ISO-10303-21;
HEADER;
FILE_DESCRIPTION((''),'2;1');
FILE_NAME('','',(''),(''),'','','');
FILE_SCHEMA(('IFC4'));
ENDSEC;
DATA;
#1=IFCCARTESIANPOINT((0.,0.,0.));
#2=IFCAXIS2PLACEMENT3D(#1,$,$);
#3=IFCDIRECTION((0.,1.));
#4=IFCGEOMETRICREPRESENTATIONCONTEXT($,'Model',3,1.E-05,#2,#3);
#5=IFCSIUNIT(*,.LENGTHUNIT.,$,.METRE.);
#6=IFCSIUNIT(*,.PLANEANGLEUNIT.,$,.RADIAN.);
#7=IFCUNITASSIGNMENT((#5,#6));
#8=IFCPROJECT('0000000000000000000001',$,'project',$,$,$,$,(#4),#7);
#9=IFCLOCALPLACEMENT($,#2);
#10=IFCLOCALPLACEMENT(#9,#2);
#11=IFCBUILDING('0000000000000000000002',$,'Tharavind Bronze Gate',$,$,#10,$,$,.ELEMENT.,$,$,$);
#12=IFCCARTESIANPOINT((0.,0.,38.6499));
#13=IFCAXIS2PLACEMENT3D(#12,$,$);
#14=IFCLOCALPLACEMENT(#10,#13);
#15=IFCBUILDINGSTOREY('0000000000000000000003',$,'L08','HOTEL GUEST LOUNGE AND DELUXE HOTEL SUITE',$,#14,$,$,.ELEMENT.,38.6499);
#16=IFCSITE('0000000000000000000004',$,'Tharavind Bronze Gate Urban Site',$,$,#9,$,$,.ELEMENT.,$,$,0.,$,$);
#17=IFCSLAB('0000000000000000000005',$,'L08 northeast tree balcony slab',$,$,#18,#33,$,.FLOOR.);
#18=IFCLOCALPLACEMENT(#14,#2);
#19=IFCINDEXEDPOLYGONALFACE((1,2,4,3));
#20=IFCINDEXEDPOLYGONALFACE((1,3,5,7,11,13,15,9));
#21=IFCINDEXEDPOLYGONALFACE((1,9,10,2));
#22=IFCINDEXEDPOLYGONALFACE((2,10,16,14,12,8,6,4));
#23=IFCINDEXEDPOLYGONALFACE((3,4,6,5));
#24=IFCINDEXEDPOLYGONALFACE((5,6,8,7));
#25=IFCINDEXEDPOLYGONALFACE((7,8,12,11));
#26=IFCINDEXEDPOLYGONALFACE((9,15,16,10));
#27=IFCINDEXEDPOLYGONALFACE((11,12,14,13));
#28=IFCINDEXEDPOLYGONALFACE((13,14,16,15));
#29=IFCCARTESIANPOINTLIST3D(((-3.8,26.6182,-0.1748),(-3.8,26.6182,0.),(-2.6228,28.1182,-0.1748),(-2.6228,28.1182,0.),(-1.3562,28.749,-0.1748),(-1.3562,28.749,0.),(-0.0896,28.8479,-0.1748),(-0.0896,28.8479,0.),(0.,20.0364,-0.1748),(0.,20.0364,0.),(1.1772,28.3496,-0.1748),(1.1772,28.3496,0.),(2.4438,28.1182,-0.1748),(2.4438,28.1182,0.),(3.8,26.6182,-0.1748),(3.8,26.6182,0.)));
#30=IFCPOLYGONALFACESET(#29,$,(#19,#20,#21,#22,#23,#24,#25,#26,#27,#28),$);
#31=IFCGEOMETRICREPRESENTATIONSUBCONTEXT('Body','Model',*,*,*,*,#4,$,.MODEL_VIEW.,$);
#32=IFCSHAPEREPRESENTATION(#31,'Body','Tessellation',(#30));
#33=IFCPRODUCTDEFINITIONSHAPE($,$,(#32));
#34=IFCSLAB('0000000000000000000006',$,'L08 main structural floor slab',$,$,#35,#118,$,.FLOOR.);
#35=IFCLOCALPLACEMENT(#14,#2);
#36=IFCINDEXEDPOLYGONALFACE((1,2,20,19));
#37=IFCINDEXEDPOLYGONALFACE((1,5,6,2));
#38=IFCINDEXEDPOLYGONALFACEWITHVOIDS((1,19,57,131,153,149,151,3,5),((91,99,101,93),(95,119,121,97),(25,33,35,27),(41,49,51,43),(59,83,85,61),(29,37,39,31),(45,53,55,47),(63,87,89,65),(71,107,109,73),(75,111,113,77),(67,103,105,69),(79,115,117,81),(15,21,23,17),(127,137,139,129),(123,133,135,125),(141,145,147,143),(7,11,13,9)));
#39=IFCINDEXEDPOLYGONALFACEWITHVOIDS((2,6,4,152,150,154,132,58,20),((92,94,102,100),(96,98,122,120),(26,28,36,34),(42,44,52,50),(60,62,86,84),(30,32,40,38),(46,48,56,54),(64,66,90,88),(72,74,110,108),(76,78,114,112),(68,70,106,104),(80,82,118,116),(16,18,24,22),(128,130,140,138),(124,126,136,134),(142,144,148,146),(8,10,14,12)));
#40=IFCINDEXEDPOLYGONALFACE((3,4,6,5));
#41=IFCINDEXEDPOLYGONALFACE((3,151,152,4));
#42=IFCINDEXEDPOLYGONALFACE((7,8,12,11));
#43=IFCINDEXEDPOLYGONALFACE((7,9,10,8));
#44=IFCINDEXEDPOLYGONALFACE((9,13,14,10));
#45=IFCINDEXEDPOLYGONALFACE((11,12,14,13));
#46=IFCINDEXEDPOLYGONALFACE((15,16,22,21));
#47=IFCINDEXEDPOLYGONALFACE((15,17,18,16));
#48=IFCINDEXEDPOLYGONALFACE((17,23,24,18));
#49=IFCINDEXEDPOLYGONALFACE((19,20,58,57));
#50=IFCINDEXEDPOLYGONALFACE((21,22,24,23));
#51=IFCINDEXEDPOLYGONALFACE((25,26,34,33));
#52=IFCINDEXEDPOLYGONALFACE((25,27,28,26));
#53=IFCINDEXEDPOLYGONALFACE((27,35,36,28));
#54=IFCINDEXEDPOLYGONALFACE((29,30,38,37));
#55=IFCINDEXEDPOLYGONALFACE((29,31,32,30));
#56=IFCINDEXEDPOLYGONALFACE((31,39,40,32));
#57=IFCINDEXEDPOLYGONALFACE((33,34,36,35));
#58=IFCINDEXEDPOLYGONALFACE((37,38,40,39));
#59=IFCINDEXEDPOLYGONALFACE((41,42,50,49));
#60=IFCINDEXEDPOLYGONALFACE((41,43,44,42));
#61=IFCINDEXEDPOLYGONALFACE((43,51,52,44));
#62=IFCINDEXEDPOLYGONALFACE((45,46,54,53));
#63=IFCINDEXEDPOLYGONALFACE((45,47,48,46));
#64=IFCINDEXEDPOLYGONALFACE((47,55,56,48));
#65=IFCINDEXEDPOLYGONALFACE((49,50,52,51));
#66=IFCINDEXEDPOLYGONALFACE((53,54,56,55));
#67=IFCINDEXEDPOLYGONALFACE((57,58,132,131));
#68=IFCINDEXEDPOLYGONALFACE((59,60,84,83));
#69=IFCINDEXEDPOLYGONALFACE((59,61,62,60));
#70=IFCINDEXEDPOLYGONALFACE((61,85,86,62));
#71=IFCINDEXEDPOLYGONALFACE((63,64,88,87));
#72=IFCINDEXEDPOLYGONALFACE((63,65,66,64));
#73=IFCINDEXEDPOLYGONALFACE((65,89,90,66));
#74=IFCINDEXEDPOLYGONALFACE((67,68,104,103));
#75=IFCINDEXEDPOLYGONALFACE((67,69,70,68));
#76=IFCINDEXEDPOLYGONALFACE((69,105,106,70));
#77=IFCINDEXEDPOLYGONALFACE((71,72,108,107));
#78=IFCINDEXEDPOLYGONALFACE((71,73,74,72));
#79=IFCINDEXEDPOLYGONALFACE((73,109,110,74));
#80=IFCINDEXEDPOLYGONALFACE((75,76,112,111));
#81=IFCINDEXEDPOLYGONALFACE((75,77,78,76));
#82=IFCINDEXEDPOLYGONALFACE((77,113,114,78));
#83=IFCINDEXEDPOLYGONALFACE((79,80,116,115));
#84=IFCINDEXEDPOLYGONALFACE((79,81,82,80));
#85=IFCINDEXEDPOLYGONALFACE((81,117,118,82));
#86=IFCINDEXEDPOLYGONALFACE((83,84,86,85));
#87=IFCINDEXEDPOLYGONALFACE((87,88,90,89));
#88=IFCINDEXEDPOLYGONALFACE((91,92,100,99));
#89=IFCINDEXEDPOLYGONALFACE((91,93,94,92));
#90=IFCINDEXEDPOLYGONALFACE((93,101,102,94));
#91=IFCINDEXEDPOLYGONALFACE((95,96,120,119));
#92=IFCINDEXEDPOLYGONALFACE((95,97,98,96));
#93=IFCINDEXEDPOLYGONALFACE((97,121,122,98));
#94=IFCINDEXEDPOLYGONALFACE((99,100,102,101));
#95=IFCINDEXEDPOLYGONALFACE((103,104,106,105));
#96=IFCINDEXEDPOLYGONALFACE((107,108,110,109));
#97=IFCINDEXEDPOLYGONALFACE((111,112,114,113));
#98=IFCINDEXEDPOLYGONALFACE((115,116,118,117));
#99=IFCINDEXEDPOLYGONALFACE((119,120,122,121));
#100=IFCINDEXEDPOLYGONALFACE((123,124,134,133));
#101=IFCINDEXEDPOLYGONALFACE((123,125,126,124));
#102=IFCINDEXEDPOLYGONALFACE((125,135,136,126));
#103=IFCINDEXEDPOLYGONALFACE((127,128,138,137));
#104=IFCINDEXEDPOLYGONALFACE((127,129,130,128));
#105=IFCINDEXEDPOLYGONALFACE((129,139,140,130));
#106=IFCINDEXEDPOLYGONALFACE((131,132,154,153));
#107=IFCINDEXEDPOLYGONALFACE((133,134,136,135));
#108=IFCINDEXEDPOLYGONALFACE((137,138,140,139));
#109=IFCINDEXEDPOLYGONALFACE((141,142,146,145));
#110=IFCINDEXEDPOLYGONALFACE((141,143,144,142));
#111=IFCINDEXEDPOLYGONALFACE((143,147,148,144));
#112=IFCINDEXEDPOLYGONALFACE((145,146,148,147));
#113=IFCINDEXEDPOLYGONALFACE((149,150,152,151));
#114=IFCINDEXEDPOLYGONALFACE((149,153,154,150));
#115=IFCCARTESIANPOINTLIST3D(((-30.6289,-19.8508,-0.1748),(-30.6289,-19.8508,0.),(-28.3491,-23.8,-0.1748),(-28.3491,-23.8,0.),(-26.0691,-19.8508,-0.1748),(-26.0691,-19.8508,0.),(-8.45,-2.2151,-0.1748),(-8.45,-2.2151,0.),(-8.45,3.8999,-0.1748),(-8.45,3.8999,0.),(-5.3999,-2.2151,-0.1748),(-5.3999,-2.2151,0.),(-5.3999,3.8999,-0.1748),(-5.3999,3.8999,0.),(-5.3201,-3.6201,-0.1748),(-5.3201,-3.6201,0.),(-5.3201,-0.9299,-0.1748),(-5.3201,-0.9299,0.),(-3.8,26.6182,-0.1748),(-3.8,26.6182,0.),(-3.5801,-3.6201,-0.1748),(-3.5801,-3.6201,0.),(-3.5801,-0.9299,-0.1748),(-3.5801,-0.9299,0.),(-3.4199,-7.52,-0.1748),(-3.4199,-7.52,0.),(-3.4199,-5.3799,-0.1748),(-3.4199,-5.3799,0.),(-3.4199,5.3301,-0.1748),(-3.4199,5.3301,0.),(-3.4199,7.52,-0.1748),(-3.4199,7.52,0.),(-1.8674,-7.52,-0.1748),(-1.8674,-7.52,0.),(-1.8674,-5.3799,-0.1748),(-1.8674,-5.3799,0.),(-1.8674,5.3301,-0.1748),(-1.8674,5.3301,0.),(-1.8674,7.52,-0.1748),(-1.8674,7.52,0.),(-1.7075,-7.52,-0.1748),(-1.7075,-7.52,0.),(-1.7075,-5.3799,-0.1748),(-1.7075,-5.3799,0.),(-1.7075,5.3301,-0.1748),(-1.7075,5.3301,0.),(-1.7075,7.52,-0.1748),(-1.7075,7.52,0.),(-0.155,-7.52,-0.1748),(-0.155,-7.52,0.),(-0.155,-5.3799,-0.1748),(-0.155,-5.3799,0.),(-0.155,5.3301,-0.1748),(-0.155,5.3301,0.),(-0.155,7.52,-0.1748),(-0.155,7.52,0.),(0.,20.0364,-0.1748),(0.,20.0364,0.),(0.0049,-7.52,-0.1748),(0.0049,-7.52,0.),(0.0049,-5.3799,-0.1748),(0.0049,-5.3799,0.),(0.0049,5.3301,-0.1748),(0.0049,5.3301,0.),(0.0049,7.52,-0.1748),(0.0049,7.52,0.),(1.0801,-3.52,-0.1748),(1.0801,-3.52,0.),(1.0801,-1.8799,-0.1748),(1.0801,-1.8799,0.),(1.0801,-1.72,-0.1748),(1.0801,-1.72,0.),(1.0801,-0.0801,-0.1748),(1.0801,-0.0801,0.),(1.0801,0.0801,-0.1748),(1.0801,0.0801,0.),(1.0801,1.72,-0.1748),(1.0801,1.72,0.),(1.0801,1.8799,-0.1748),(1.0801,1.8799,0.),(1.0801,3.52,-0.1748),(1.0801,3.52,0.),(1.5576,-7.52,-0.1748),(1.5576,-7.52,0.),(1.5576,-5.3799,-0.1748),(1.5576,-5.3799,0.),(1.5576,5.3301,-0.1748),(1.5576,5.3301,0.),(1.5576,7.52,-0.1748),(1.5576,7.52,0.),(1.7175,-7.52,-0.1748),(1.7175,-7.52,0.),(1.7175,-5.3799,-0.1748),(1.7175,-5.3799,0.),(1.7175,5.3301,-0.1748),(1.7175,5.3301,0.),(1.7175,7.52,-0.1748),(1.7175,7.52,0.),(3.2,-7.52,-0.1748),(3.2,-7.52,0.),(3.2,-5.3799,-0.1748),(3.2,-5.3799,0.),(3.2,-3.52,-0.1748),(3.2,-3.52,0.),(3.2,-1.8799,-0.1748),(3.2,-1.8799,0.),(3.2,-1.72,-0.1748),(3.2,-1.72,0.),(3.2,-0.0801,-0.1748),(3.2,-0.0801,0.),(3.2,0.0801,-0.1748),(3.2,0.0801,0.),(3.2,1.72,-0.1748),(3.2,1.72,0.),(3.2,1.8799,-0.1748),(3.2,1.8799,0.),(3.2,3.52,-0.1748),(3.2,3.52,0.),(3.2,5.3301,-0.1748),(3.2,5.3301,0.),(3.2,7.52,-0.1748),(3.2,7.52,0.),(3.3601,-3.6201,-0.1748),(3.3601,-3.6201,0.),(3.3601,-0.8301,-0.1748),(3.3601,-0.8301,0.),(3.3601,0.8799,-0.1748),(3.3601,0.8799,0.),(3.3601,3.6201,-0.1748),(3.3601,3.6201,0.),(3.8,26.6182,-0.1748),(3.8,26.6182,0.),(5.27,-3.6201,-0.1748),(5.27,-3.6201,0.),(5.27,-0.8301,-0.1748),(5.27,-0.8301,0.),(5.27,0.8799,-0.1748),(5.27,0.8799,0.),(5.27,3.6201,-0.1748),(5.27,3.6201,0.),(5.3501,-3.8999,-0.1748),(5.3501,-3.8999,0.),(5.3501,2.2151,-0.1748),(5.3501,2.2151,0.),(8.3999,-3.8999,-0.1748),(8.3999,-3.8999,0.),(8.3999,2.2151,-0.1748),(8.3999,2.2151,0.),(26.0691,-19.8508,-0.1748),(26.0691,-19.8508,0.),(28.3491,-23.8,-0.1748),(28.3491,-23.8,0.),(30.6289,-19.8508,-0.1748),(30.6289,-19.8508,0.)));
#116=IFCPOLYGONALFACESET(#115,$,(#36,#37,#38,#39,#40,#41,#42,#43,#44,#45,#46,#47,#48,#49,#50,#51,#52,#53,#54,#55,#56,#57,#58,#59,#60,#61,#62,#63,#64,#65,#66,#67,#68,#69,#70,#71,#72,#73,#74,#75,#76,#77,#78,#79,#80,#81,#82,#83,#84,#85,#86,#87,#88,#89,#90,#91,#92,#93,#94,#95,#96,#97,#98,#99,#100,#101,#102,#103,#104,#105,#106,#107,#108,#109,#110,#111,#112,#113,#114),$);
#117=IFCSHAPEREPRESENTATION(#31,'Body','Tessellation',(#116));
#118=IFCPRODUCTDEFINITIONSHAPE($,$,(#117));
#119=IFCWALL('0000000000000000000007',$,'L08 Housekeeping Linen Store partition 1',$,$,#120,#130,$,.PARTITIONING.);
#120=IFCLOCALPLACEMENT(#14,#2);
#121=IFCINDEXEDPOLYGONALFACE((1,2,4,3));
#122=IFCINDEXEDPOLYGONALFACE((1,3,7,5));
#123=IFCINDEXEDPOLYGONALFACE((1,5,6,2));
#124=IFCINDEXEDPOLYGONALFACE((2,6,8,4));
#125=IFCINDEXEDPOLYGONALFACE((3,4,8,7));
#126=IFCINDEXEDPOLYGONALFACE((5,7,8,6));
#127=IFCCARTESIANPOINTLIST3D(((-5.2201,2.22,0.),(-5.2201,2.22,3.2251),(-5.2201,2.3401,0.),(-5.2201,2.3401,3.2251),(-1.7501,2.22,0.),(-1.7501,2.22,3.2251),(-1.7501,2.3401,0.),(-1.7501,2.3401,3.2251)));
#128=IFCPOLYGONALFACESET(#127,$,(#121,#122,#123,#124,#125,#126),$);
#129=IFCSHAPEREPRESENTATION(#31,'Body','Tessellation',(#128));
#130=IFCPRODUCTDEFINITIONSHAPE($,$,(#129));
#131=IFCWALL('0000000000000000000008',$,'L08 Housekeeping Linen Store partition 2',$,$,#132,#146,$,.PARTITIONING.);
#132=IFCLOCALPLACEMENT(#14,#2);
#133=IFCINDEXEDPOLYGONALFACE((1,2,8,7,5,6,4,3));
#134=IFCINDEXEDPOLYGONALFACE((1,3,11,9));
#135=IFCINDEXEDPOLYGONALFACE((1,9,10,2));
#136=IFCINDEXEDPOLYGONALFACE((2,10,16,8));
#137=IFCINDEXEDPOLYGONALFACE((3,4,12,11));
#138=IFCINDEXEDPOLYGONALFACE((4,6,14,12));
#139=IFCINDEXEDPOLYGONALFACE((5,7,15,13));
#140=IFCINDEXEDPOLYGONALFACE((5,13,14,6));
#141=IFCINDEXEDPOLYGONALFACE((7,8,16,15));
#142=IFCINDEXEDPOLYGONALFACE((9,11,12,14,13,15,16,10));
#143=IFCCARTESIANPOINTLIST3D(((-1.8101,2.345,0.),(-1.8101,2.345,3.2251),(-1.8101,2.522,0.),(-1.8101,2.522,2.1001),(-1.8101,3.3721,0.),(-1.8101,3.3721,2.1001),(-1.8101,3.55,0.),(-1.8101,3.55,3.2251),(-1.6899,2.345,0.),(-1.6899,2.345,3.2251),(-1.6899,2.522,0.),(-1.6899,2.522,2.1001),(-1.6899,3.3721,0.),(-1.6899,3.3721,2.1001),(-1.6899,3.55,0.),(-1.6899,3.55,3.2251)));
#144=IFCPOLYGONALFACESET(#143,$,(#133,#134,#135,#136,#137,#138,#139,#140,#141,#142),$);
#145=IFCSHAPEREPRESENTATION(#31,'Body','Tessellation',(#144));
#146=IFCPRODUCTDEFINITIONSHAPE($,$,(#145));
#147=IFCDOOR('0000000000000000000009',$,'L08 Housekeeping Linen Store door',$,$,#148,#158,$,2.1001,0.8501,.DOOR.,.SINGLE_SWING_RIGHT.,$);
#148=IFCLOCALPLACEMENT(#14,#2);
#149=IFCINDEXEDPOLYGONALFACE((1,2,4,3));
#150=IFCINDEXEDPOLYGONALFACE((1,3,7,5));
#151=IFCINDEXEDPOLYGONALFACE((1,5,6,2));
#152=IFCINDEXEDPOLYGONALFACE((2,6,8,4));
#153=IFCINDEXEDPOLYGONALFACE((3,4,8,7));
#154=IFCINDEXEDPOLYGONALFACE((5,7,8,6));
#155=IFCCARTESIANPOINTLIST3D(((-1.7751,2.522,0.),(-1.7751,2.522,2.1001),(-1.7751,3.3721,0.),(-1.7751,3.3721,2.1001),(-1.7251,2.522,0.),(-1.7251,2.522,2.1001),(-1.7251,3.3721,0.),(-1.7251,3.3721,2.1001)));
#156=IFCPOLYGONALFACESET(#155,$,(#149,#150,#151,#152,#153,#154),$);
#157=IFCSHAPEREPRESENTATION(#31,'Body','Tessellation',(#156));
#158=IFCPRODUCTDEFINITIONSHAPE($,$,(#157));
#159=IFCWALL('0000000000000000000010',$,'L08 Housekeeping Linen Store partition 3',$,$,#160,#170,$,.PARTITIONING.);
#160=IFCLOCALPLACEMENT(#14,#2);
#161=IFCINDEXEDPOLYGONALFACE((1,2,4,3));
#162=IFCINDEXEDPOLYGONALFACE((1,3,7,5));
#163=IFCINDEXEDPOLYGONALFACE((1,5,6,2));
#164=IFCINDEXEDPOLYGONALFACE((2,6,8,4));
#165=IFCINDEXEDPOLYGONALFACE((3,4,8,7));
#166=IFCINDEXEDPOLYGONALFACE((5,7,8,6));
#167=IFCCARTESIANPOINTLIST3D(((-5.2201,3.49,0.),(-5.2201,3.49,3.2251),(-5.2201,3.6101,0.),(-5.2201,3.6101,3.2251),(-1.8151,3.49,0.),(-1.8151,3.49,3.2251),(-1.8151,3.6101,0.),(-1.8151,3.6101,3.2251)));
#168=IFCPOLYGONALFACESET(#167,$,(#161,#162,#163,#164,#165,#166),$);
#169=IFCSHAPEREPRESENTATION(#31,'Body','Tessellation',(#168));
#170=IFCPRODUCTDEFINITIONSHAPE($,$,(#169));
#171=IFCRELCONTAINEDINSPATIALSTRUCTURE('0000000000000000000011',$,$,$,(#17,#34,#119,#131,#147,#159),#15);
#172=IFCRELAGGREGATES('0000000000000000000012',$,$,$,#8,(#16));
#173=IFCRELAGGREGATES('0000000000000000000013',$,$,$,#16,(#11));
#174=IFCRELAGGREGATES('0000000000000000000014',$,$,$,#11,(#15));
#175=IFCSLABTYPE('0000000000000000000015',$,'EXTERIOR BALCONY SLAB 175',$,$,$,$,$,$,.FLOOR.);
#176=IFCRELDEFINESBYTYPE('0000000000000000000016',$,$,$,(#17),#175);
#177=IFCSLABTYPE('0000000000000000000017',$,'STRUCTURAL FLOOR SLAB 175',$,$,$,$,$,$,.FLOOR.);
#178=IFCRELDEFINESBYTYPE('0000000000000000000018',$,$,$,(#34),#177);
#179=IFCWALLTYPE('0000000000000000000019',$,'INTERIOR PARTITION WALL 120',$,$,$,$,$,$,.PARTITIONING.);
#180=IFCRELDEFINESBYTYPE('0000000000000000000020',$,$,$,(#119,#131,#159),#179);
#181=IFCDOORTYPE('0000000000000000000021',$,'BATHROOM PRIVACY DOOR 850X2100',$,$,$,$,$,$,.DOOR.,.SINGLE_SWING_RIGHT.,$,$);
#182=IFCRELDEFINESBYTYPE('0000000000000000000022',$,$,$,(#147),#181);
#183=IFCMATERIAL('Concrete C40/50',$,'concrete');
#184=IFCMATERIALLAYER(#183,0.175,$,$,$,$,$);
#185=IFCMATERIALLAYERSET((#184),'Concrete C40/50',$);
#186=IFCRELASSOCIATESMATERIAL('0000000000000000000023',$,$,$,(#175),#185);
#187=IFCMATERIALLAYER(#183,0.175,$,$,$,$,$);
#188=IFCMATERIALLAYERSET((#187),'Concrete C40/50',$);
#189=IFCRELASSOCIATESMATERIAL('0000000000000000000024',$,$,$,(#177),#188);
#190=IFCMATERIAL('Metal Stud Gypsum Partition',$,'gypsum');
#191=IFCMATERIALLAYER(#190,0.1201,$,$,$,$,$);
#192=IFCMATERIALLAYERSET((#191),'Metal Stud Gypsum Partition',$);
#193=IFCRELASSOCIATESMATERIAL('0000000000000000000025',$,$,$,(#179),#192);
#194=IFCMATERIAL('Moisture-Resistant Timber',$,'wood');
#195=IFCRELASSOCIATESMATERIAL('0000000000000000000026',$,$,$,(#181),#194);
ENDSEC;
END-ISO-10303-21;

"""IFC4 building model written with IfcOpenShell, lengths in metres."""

from ifc_helpers import new_model, si_unit, direction, frame, frame_2d, origin, place, context, subcontext, project, spatial, polyline, rectangle, outline, extrude, material, layer, layer_set, type_object, element, fill, save


model = new_model("IFC4")

# Units and contexts
model_context = context("Model", 3, precision=1e-05, world=origin(), true_north=direction((0.0, 1.0)))
body_context = subcontext(model_context, "Body", "Model", "MODEL_VIEW")
ifc_project = project(units=[si_unit("LENGTHUNIT", "METRE"), si_unit("PLANEANGLEUNIT", "RADIAN")], contexts=[model_context])

# Site, building, storey
site_placement = place(None, origin())
site = spatial("IfcSite", under=ifc_project, at=site_placement, Name="Tharavind Bronze Gate Urban Site", CompositionType="ELEMENT", RefElevation=0.0)
building_placement = place(site_placement, origin())
building = spatial("IfcBuilding", under=site, at=building_placement, Name="Tharavind Bronze Gate", CompositionType="ELEMENT")
storey_placement = place(building_placement, frame((0.0, 0.0, 38.6499)))
storey = spatial("IfcBuildingStorey", under=building, at=storey_placement, Name="L08", Description="HOTEL GUEST LOUNGE AND DELUXE HOTEL SUITE", CompositionType="ELEMENT", Elevation=38.6499)

# Slabs
ifc_material_1 = material(Name="Concrete C40/50", Category="concrete")
ifc_layer_1 = layer(ifc_material_1, 0.175)
ifc_layer_set_1 = layer_set([ifc_layer_1], Name="Concrete C40/50")
slab_type_1 = type_object("IfcSlabType", Name="EXTERIOR BALCONY SLAB 175", PredefinedType="FLOOR", material=ifc_layer_set_1)
slab_1_placement = place(storey_placement, frame((0.0, 0.0, -0.1748)))
element("IfcSlab", 1, at=slab_1_placement, inside=storey, type_object=slab_type_1, Name="L08 northeast tree balcony slab", PredefinedType="FLOOR", context=body_context, shape_type="SweptSolid", body=[
    extrude(outline(polyline([(2.4438, 28.1182), (1.1772, 28.3496), (-0.0896, 28.8479), (-1.3562, 28.749), (-2.6228, 28.1182), (-3.8, 26.6182), (0.0, 20.0364), (3.8, 26.6182), (2.4438, 28.1182)])), origin(), (0.0, 0.0, 1.0), 0.1748),
])
ifc_layer_2 = layer(ifc_material_1, 0.175)
ifc_layer_set_2 = layer_set([ifc_layer_2], Name="Concrete C40/50")
slab_type_2 = type_object("IfcSlabType", Name="STRUCTURAL FLOOR SLAB 175", PredefinedType="FLOOR", material=ifc_layer_set_2)
slab_2_placement = place(storey_placement, frame((0.0, 0.0, -0.1748)))
element("IfcSlab", 2, at=slab_2_placement, inside=storey, type_object=slab_type_2, Name="L08 main structural floor slab", PredefinedType="FLOOR", context=body_context, shape_type="SweptSolid", body=[
    extrude(outline(polyline([(3.8, 26.6182), (0.0, 20.0364), (-3.8, 26.6182), (-30.6289, -19.8508), (-26.0691, -19.8508), (-28.3491, -23.8), (28.3491, -23.8), (26.0691, -19.8508), (30.6289, -19.8508), (3.8, 26.6182)]), holes=[polyline([(-5.3999, -2.2151), (-5.3999, 3.8999), (-8.45, 3.8999), (-8.45, -2.2151), (-5.3999, -2.2151)]), polyline([(5.3501, 2.2151), (5.3501, -3.8999), (8.3999, -3.8999), (8.3999, 2.2151), (5.3501, 2.2151)]), polyline([(-3.4199, -7.52), (-1.8674, -7.52), (-1.8674, -5.3799), (-3.4199, -5.3799), (-3.4199, -7.52)]), polyline([(-1.7075, -7.52), (-0.155, -7.52), (-0.155, -5.3799), (-1.7075, -5.3799), (-1.7075, -7.52)]), polyline([(0.0049, -7.52), (1.5576, -7.52), (1.5576, -5.3799), (0.0049, -5.3799), (0.0049, -7.52)]), polyline([(1.7175, -7.52), (3.2, -7.52), (3.2, -5.3799), (1.7175, -5.3799), (1.7175, -7.52)]), polyline([(-3.4199, 5.3301), (-1.8674, 5.3301), (-1.8674, 7.52), (-3.4199, 7.52), (-3.4199, 5.3301)]), polyline([(-1.7075, 5.3301), (-0.155, 5.3301), (-0.155, 7.52), (-1.7075, 7.52), (-1.7075, 5.3301)]), polyline([(0.0049, 5.3301), (1.5576, 5.3301), (1.5576, 7.52), (0.0049, 7.52), (0.0049, 5.3301)]), polyline([(1.7175, 5.3301), (3.2, 5.3301), (3.2, 7.52), (1.7175, 7.52), (1.7175, 5.3301)]), polyline([(1.0801, -3.52), (3.2, -3.52), (3.2, -1.8799), (1.0801, -1.8799), (1.0801, -3.52)]), polyline([(1.0801, -1.72), (3.2, -1.72), (3.2, -0.0801), (1.0801, -0.0801), (1.0801, -1.72)]), polyline([(1.0801, 0.0801), (3.2, 0.0801), (3.2, 1.72), (1.0801, 1.72), (1.0801, 0.0801)]), polyline([(1.0801, 1.8799), (3.2, 1.8799), (3.2, 3.52), (1.0801, 3.52), (1.0801, 1.8799)]), polyline([(-5.3201, -3.6201), (-3.5801, -3.6201), (-3.5801, -0.9299), (-5.3201, -0.9299), (-5.3201, -3.6201)]), polyline([(3.3601, 0.8799), (5.27, 0.8799), (5.27, 3.6201), (3.3601, 3.6201), (3.3601, 0.8799)]), polyline([(3.3601, -3.6201), (5.27, -3.6201), (5.27, -0.8301), (3.3601, -0.8301), (3.3601, -3.6201)])]), origin(), (0.0, 0.0, 1.0), 0.1748),
])

# Wall
ifc_material_2 = material(Name="Metal Stud Gypsum Partition", Category="gypsum")
ifc_layer_3 = layer(ifc_material_2, 0.1201)
ifc_layer_set_3 = layer_set([ifc_layer_3], Name="Metal Stud Gypsum Partition")
wall_type_1 = type_object("IfcWallType", Name="INTERIOR PARTITION WALL 120", PredefinedType="PARTITIONING", material=ifc_layer_set_3)
wall_1_placement = place(storey_placement, frame((-5.22, 2.28, 0.0), z_axis=(0.0, 0.0, 1.0), x_axis=(1.0, 0.0, 0.0)))
element("IfcWall", 3, at=wall_1_placement, inside=storey, type_object=wall_type_1, Name="L08 Housekeeping Linen Store partition 1", PredefinedType="PARTITIONING", context=body_context, shape_type="SweptSolid", body=[
    extrude(rectangle(XDim=3.47, YDim=0.1201, at=frame_2d((1.7349, 0.0))), origin(), (0.0, 0.0, 1.0), 3.2251),
])

# Wall, opening, door
wall_2_placement = place(storey_placement, frame((-1.75, 2.345, 0.0), z_axis=(0.0, 0.0, 1.0), x_axis=(0.0, 1.0, 0.0)))
wall_2 = element("IfcWall", 4, at=wall_2_placement, inside=storey, type_object=wall_type_1, Name="L08 Housekeeping Linen Store partition 2", PredefinedType="PARTITIONING", context=body_context, shape_type="SweptSolid", body=[
    extrude(rectangle(XDim=1.2051, YDim=0.1201, at=frame_2d((0.6025, 0.0))), origin(), (0.0, 0.0, 1.0), 3.2251),
])
opening_1_placement = place(wall_2_placement, frame((0.177, 0.0, 0.0)))
opening_1 = element("IfcOpeningElement", 5, at=opening_1_placement, cuts=wall_2, PredefinedType="OPENING", context=body_context, shape_type="SweptSolid", body=[
    extrude(rectangle(XDim=0.8501, YDim=2.1001, at=frame_2d((0.425, 1.05))), frame((0.0, 0.0701, 0.0), z_axis=(0.0, -1.0, 0.0), x_axis=(1.0, 0.0, 0.0)), (0.0, 0.0, 1.0), 0.1401),
])
ifc_material_3 = material(Name="Moisture-Resistant Timber", Category="wood")
door_type = type_object("IfcDoorType", Name="BATHROOM PRIVACY DOOR 850X2100", OperationType="SINGLE_SWING_RIGHT", PredefinedType="DOOR", material=ifc_material_3)
door_1_placement = place(opening_1_placement, frame((0.8501, 0.0, 0.0), z_axis=(0.0, 0.0, 1.0), x_axis=(-1.0, 0.0, 0.0)))
door_1 = element("IfcDoor", 6, at=door_1_placement, inside=storey, type_object=door_type, Name="L08 Housekeeping Linen Store door", OperationType="SINGLE_SWING_RIGHT", OverallHeight=2.1001, OverallWidth=0.8501, PredefinedType="DOOR", context=body_context, shape_type="SweptSolid", body=[
    extrude(rectangle(XDim=0.8501, YDim=2.1001, at=frame_2d((0.425, 1.05))), frame((0.0, 0.0249, 0.0), z_axis=(0.0, -1.0, 0.0), x_axis=(1.0, 0.0, 0.0)), (0.0, 0.0, 1.0), 0.05),
])
fill(opening_1, door_1)

# Wall
wall_3_placement = place(storey_placement, frame((-1.8149, 3.55, 0.0), z_axis=(0.0, 0.0, 1.0), x_axis=(-1.0, 0.0, 0.0)))
element("IfcWall", 7, at=wall_3_placement, inside=storey, type_object=wall_type_1, Name="L08 Housekeeping Linen Store partition 3", PredefinedType="PARTITIONING", context=body_context, shape_type="SweptSolid", body=[
    extrude(rectangle(XDim=3.405, YDim=0.1201, at=frame_2d((1.7026, 0.0))), origin(), (0.0, 0.0, 1.0), 3.2251),
])

save(model, "model.ifc")
